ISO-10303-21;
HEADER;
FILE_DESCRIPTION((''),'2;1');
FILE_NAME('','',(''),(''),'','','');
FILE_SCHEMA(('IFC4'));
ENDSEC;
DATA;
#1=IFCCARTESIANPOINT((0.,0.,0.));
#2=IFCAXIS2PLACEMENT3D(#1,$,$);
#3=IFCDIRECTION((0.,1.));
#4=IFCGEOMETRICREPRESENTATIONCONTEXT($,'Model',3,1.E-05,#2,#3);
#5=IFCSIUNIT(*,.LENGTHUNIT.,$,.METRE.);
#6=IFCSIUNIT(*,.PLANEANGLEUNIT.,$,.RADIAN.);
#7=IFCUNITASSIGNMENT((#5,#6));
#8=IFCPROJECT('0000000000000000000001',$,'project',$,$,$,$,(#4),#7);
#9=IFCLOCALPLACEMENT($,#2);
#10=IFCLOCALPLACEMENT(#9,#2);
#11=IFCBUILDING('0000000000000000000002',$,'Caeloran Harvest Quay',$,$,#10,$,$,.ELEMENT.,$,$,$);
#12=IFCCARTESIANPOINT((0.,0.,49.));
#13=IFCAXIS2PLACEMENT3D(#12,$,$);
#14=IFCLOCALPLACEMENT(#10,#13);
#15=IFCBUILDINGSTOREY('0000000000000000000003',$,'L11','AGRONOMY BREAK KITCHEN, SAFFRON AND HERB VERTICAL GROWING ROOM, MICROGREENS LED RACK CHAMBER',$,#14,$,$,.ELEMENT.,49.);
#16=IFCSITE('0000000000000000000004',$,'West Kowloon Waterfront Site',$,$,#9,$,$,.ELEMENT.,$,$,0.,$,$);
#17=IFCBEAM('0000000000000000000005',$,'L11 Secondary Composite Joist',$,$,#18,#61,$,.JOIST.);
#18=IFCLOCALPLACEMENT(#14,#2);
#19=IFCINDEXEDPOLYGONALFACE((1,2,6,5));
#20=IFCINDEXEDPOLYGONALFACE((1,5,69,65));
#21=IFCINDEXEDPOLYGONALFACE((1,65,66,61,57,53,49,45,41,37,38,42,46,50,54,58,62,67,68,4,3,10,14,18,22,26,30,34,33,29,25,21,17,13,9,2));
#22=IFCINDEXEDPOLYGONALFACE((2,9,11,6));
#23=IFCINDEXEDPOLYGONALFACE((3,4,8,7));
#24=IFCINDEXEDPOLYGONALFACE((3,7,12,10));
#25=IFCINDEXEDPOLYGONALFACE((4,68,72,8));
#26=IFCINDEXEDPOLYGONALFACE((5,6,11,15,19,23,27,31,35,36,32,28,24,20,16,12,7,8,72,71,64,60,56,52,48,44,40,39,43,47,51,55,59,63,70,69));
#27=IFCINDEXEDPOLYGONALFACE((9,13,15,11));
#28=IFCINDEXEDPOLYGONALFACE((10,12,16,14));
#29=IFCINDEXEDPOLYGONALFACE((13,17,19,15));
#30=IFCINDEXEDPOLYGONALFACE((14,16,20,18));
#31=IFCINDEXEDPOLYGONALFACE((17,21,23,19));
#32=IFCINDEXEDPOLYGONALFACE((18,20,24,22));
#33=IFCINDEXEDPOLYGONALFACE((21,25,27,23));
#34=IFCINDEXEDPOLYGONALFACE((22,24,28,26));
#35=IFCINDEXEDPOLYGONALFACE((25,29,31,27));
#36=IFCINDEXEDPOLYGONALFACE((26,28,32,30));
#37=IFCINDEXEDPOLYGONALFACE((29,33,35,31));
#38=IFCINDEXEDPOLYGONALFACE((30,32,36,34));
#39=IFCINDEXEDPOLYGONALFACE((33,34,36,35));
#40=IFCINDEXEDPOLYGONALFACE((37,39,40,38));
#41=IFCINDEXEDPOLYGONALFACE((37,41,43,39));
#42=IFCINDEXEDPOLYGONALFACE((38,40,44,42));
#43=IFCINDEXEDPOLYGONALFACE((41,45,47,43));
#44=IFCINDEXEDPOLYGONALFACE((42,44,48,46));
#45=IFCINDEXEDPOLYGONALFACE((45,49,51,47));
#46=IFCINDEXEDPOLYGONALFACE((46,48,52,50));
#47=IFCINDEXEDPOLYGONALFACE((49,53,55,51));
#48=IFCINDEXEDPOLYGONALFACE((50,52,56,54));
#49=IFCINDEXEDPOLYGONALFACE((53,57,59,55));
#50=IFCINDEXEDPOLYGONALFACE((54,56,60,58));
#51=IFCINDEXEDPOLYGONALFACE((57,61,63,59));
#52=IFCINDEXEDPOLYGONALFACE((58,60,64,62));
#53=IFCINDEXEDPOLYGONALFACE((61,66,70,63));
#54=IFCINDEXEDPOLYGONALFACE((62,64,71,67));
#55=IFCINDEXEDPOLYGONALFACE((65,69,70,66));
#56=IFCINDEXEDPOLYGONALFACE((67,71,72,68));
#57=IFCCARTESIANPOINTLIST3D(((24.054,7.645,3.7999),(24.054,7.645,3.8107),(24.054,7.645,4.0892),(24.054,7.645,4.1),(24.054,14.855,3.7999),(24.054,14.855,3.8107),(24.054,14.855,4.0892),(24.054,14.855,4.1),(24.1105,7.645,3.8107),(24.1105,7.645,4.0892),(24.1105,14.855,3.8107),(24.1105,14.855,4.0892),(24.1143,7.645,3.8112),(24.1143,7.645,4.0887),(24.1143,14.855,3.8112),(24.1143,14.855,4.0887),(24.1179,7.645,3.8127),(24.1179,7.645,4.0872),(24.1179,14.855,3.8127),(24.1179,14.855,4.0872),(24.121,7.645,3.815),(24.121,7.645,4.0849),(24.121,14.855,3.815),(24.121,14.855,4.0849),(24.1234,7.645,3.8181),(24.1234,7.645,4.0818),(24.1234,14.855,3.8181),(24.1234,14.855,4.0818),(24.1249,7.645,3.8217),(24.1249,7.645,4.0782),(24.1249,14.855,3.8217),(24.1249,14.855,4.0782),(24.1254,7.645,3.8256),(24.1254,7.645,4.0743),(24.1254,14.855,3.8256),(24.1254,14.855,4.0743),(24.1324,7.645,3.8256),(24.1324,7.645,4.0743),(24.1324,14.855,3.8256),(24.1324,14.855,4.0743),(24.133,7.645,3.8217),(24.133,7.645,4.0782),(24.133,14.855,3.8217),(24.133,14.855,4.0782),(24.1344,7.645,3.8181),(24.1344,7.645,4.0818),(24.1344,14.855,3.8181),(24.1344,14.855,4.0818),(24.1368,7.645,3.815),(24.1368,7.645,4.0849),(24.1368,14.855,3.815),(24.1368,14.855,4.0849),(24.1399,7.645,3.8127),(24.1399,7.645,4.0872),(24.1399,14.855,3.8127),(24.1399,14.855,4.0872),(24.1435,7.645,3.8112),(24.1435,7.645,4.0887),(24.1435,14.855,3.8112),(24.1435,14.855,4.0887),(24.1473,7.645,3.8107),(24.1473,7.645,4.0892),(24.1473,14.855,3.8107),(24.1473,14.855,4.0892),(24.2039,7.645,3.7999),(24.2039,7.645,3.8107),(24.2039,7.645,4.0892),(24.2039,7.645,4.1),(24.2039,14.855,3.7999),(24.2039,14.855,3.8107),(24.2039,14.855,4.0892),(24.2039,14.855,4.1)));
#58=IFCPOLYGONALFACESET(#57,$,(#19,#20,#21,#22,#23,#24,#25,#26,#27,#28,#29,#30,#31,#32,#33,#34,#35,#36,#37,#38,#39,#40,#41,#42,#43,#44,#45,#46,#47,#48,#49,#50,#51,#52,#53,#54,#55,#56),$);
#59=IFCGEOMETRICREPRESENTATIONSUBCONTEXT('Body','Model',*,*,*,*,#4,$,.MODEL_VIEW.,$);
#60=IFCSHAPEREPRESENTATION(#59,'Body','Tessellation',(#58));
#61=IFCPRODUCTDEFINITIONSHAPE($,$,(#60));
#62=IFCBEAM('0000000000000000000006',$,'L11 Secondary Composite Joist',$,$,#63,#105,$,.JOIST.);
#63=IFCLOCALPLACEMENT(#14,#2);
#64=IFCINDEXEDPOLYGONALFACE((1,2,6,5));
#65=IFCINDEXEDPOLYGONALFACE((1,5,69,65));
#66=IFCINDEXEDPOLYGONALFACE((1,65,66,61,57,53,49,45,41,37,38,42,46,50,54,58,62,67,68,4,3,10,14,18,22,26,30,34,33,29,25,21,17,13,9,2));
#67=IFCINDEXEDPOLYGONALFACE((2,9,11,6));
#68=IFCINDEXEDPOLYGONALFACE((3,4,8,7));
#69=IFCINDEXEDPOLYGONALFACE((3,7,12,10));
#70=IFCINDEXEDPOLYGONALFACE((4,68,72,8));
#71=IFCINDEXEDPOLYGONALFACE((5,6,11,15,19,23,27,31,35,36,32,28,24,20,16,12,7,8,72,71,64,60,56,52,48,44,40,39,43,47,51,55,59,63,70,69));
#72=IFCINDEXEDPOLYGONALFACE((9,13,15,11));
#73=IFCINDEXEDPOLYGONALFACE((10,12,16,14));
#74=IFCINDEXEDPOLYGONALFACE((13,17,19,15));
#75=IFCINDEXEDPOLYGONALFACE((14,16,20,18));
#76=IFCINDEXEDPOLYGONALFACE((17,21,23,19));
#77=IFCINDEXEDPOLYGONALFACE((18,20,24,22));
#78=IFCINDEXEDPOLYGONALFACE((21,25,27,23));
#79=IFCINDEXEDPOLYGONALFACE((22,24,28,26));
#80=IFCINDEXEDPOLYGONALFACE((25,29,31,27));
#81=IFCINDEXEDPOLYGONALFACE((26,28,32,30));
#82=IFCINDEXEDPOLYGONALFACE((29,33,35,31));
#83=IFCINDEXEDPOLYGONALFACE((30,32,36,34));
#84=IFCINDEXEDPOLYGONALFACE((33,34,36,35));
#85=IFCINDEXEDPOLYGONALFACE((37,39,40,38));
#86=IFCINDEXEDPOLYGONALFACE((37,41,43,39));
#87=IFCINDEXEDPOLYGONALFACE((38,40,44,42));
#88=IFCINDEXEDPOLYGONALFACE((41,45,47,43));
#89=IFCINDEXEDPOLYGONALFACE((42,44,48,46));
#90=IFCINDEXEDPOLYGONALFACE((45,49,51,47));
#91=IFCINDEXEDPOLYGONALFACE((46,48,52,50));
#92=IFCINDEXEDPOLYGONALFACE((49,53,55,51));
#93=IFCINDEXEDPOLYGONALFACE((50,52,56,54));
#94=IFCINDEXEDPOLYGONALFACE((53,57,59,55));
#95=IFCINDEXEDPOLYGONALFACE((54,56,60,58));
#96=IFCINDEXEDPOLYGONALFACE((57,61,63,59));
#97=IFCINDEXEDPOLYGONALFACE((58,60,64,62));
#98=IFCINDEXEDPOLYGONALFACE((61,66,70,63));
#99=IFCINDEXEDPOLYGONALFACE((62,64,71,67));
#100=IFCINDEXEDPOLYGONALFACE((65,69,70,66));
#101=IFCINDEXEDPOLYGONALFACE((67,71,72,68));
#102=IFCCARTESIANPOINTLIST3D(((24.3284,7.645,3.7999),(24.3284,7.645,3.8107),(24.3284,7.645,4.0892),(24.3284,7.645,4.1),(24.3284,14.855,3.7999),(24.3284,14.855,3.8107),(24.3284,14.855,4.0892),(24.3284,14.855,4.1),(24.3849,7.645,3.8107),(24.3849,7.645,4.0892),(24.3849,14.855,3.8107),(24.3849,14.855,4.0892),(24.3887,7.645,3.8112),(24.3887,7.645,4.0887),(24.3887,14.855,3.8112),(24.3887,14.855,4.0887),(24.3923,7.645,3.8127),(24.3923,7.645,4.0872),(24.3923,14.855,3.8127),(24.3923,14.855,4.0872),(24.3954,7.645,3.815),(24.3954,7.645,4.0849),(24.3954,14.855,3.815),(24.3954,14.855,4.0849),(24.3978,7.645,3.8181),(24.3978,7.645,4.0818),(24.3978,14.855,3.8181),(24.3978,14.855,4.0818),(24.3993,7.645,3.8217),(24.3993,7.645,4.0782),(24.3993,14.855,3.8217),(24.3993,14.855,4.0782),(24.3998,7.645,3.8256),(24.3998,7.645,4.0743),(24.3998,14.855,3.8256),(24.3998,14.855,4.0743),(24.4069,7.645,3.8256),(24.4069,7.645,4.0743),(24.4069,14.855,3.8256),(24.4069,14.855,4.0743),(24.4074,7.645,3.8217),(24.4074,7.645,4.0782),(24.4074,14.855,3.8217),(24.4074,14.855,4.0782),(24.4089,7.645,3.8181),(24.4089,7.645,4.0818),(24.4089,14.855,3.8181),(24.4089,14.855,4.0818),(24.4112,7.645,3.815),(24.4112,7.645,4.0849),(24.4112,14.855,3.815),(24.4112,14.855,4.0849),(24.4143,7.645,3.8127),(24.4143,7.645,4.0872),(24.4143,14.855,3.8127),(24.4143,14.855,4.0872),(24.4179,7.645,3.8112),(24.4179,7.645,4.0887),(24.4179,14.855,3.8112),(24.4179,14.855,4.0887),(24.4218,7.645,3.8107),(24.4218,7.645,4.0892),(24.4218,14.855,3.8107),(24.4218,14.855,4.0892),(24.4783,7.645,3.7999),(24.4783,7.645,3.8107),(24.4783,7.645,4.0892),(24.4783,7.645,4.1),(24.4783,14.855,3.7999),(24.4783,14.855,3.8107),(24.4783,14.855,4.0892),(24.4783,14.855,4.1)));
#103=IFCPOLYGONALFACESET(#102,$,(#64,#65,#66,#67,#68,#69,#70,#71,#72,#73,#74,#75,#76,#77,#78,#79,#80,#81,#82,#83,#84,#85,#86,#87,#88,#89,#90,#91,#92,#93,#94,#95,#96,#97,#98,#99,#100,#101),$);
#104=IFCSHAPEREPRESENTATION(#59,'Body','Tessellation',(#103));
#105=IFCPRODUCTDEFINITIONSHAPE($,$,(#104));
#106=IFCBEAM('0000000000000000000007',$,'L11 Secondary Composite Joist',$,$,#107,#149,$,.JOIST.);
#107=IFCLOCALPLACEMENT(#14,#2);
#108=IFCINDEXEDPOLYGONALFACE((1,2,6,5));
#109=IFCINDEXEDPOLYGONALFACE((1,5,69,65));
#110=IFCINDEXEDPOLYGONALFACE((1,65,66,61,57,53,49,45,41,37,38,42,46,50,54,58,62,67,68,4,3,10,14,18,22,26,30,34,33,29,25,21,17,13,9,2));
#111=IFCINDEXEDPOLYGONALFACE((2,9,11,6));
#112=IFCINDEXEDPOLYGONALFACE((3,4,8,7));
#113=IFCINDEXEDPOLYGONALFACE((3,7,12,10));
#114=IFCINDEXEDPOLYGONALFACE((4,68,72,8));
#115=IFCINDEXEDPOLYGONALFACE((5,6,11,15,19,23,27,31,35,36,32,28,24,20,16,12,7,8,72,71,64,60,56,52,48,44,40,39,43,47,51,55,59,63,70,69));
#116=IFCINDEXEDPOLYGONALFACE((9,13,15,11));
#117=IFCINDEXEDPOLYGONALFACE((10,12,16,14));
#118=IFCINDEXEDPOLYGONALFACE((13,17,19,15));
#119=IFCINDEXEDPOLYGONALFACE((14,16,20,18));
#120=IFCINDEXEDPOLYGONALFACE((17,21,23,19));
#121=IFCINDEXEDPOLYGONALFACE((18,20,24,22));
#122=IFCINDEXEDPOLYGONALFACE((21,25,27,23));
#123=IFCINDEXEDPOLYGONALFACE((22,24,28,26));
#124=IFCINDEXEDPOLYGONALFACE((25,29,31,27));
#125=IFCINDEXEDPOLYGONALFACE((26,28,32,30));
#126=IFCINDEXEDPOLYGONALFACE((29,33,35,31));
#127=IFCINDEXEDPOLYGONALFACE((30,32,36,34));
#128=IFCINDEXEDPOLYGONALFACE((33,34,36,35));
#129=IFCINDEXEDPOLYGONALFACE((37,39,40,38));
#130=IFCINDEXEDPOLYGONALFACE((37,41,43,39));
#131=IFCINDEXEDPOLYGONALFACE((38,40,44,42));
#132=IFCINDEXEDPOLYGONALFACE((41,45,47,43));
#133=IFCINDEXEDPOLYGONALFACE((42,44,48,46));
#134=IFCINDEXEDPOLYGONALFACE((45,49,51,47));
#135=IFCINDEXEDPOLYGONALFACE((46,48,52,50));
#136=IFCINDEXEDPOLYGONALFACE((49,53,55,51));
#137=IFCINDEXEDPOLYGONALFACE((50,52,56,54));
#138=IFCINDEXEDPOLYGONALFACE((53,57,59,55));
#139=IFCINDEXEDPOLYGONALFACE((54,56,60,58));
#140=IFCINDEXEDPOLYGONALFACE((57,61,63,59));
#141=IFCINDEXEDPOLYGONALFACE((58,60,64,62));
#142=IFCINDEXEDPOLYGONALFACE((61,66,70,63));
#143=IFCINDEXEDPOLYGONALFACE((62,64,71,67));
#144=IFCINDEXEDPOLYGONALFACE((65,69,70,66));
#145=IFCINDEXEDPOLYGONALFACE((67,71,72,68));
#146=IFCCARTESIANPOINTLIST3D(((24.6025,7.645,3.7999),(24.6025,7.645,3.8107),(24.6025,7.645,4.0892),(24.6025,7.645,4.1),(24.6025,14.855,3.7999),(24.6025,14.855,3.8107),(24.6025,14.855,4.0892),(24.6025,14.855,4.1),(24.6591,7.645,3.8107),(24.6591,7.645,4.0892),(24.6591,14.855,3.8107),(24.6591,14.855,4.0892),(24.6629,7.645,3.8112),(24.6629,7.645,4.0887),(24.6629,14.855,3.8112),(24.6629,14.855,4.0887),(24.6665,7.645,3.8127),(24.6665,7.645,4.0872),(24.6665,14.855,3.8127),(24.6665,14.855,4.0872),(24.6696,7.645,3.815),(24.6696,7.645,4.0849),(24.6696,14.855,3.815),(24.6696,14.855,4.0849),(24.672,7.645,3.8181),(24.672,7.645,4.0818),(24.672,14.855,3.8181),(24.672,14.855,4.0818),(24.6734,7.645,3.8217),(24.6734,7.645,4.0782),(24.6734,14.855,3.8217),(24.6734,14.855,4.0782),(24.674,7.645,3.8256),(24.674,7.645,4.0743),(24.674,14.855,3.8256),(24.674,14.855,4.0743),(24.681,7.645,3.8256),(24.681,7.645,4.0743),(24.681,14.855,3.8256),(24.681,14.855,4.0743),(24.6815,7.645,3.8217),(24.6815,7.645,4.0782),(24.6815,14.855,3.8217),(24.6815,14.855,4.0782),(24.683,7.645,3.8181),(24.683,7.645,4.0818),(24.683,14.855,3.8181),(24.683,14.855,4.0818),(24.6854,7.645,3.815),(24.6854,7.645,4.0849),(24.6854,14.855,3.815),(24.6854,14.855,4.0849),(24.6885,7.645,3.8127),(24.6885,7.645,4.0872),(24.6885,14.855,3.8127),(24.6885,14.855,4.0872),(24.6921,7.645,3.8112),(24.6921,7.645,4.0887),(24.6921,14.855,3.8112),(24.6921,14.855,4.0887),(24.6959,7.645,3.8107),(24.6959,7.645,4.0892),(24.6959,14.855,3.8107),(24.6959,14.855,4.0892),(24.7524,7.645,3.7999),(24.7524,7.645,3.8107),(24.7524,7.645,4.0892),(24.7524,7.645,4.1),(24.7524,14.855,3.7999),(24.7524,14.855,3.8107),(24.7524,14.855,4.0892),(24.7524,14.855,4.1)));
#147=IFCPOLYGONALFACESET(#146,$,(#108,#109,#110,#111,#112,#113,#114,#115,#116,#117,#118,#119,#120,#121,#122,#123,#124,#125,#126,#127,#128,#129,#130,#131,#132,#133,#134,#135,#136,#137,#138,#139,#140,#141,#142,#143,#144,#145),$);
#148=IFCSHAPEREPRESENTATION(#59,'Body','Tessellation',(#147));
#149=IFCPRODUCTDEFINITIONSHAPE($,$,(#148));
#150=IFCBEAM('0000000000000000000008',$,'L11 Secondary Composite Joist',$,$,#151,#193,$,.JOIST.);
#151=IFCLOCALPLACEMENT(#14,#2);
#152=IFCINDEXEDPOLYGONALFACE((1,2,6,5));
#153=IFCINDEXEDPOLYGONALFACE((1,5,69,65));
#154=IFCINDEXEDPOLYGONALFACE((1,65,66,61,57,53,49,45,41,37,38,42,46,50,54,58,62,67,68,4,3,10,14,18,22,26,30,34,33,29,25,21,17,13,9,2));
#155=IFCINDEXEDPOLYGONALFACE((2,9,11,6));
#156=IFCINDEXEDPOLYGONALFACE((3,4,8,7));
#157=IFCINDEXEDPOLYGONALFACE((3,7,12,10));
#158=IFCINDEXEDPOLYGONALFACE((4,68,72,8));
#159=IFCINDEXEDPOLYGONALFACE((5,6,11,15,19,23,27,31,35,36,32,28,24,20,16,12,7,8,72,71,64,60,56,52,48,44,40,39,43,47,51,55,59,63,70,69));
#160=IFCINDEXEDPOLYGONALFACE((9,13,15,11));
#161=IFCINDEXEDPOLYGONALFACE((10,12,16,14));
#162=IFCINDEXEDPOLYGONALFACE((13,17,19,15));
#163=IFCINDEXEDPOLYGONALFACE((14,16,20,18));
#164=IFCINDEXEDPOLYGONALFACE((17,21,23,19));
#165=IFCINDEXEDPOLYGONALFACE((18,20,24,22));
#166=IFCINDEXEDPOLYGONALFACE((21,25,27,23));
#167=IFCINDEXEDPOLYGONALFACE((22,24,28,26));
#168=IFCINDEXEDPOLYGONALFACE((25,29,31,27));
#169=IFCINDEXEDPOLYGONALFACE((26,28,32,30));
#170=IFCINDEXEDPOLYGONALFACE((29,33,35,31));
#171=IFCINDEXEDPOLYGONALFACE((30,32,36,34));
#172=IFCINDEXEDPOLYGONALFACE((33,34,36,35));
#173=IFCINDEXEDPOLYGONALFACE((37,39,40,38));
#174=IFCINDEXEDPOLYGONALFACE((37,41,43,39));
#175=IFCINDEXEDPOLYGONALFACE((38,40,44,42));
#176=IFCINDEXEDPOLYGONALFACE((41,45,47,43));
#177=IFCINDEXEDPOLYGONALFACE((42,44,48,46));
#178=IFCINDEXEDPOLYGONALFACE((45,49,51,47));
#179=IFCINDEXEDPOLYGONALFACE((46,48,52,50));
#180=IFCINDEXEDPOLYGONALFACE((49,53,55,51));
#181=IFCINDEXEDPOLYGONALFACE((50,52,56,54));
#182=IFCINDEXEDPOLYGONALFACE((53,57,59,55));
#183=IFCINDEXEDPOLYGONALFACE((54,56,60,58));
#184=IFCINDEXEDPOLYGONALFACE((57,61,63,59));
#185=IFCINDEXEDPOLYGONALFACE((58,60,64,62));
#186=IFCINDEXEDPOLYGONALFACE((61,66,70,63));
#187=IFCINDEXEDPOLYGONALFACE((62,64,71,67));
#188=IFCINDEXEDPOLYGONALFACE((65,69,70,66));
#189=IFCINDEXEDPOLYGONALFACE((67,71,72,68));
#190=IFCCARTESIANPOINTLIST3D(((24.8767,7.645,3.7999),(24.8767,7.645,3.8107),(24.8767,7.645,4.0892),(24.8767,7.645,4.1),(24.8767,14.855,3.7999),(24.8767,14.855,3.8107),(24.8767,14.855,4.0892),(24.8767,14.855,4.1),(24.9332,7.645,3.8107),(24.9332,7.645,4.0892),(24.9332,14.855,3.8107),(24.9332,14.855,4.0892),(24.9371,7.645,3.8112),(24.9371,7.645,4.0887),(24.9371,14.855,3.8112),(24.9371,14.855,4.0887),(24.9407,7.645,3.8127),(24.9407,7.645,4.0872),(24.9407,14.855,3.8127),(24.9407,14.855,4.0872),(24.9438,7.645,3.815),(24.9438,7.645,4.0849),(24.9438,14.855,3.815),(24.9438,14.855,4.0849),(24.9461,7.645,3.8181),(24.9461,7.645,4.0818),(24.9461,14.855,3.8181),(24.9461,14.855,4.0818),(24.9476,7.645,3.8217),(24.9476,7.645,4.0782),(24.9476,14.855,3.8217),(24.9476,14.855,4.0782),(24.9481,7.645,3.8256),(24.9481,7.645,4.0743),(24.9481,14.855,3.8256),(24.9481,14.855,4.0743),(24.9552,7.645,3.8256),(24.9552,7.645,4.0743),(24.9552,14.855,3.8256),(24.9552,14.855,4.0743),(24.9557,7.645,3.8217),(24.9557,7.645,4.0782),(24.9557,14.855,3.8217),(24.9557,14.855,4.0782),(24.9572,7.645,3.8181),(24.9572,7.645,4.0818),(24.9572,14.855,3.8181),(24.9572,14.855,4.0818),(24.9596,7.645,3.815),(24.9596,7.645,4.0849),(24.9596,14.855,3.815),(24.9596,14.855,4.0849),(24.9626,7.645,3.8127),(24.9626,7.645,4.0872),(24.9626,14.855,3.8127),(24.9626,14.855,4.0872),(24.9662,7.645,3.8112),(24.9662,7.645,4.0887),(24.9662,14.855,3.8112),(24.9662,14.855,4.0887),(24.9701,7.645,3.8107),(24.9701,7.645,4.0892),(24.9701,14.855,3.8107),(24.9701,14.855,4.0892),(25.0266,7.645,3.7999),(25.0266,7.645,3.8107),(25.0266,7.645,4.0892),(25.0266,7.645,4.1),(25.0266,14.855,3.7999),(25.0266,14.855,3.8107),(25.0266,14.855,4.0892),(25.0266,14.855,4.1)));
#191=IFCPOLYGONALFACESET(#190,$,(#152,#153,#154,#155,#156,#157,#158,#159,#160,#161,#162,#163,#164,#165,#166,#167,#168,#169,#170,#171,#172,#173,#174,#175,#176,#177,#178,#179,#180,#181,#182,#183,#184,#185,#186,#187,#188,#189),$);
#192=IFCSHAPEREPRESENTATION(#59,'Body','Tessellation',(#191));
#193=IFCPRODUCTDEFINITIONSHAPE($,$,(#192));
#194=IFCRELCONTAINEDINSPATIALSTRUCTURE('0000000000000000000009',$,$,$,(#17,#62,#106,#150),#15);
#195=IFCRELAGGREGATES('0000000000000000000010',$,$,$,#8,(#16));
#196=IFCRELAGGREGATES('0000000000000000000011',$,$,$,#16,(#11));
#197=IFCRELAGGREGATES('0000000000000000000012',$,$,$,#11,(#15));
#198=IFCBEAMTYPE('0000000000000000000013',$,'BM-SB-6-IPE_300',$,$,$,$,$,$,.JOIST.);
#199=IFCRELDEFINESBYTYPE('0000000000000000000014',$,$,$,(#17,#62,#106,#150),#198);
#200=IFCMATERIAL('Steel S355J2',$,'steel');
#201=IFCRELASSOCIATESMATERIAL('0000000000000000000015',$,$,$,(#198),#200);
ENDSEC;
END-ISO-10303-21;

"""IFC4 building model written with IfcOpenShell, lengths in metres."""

from ifc_helpers import new_model, si_unit, direction, frame, origin, origin_2d, place, context, subcontext, project, spatial, i_section, extrude, material, material_profile, profile_set, type_object, element, save


model = new_model("IFC4")

# Units and contexts
model_context = context("Model", 3, precision=1e-05, world=origin(), true_north=direction((0.0, 1.0)))
body_context = subcontext(model_context, "Body", "Model", "MODEL_VIEW")
ifc_project = project(units=[si_unit("LENGTHUNIT", "METRE"), si_unit("PLANEANGLEUNIT", "RADIAN")], contexts=[model_context])

# Site, building, storey
site_placement = place(None, origin())
site = spatial("IfcSite", under=ifc_project, at=site_placement, Name="West Kowloon Waterfront Site", CompositionType="ELEMENT", RefElevation=0.0)
building_placement = place(site_placement, origin())
building = spatial("IfcBuilding", under=site, at=building_placement, Name="Caeloran Harvest Quay", CompositionType="ELEMENT")
storey_placement = place(building_placement, frame((0.0, 0.0, 49.0)))
storey = spatial("IfcBuildingStorey", under=building, at=storey_placement, Name="L11", Description="AGRONOMY BREAK KITCHEN, SAFFRON AND HERB VERTICAL GROWING ROOM, MICROGREENS LED RACK CHAMBER", CompositionType="ELEMENT", Elevation=49.0)

# Beams
ifc_material_1 = material(Name="Steel S355J2", Category="steel")
ifc_material_profile_1 = material_profile(ifc_material_1, i_section(OverallWidth=0.1499, OverallDepth=0.3, WebThickness=0.0071, FlangeThickness=0.0107, FilletRadius=0.0149, at=origin_2d()), Name="IPE 300")
ifc_profile_set_1 = profile_set([ifc_material_profile_1], Name="Steel S355J2")
beam_type_1 = type_object("IfcBeamType", Name="BM-SB-6-IPE_300", PredefinedType="JOIST", material=ifc_profile_set_1)
for number, where, z_axis, x_axis, name in (
    (1, (24.1289, 7.645, 3.95), (0.0, 1.0, 0.0), (-1.0, 0.0, 0.0), "L11 Secondary Composite Joist"),
    (2, (24.4033, 7.645, 3.95), (0.0, 1.0, 0.0), (-1.0, 0.0, 0.0), "L11 Secondary Composite Joist"),
    (3, (24.6775, 7.645, 3.95), (0.0, 1.0, 0.0), (-1.0, 0.0, 0.0), "L11 Secondary Composite Joist"),
    (4, (24.9517, 7.645, 3.95), (0.0, 1.0, 0.0), (-1.0, 0.0, 0.0), "L11 Secondary Composite Joist"),
):
    element("IfcBeam", number, at=place(storey_placement, frame(where, z_axis=z_axis, x_axis=x_axis)), inside=storey, type_object=beam_type_1, Name=name, PredefinedType="JOIST", context=body_context, shape_type="SweptSolid", body=[
        extrude(i_section(OverallWidth=0.1499, OverallDepth=0.3, WebThickness=0.0071, FlangeThickness=0.0107, FilletRadius=0.0149, at=origin_2d()), origin(), (0.0, 0.0, 1.0), 7.21),
    ])

save(model, "model.ifc")
